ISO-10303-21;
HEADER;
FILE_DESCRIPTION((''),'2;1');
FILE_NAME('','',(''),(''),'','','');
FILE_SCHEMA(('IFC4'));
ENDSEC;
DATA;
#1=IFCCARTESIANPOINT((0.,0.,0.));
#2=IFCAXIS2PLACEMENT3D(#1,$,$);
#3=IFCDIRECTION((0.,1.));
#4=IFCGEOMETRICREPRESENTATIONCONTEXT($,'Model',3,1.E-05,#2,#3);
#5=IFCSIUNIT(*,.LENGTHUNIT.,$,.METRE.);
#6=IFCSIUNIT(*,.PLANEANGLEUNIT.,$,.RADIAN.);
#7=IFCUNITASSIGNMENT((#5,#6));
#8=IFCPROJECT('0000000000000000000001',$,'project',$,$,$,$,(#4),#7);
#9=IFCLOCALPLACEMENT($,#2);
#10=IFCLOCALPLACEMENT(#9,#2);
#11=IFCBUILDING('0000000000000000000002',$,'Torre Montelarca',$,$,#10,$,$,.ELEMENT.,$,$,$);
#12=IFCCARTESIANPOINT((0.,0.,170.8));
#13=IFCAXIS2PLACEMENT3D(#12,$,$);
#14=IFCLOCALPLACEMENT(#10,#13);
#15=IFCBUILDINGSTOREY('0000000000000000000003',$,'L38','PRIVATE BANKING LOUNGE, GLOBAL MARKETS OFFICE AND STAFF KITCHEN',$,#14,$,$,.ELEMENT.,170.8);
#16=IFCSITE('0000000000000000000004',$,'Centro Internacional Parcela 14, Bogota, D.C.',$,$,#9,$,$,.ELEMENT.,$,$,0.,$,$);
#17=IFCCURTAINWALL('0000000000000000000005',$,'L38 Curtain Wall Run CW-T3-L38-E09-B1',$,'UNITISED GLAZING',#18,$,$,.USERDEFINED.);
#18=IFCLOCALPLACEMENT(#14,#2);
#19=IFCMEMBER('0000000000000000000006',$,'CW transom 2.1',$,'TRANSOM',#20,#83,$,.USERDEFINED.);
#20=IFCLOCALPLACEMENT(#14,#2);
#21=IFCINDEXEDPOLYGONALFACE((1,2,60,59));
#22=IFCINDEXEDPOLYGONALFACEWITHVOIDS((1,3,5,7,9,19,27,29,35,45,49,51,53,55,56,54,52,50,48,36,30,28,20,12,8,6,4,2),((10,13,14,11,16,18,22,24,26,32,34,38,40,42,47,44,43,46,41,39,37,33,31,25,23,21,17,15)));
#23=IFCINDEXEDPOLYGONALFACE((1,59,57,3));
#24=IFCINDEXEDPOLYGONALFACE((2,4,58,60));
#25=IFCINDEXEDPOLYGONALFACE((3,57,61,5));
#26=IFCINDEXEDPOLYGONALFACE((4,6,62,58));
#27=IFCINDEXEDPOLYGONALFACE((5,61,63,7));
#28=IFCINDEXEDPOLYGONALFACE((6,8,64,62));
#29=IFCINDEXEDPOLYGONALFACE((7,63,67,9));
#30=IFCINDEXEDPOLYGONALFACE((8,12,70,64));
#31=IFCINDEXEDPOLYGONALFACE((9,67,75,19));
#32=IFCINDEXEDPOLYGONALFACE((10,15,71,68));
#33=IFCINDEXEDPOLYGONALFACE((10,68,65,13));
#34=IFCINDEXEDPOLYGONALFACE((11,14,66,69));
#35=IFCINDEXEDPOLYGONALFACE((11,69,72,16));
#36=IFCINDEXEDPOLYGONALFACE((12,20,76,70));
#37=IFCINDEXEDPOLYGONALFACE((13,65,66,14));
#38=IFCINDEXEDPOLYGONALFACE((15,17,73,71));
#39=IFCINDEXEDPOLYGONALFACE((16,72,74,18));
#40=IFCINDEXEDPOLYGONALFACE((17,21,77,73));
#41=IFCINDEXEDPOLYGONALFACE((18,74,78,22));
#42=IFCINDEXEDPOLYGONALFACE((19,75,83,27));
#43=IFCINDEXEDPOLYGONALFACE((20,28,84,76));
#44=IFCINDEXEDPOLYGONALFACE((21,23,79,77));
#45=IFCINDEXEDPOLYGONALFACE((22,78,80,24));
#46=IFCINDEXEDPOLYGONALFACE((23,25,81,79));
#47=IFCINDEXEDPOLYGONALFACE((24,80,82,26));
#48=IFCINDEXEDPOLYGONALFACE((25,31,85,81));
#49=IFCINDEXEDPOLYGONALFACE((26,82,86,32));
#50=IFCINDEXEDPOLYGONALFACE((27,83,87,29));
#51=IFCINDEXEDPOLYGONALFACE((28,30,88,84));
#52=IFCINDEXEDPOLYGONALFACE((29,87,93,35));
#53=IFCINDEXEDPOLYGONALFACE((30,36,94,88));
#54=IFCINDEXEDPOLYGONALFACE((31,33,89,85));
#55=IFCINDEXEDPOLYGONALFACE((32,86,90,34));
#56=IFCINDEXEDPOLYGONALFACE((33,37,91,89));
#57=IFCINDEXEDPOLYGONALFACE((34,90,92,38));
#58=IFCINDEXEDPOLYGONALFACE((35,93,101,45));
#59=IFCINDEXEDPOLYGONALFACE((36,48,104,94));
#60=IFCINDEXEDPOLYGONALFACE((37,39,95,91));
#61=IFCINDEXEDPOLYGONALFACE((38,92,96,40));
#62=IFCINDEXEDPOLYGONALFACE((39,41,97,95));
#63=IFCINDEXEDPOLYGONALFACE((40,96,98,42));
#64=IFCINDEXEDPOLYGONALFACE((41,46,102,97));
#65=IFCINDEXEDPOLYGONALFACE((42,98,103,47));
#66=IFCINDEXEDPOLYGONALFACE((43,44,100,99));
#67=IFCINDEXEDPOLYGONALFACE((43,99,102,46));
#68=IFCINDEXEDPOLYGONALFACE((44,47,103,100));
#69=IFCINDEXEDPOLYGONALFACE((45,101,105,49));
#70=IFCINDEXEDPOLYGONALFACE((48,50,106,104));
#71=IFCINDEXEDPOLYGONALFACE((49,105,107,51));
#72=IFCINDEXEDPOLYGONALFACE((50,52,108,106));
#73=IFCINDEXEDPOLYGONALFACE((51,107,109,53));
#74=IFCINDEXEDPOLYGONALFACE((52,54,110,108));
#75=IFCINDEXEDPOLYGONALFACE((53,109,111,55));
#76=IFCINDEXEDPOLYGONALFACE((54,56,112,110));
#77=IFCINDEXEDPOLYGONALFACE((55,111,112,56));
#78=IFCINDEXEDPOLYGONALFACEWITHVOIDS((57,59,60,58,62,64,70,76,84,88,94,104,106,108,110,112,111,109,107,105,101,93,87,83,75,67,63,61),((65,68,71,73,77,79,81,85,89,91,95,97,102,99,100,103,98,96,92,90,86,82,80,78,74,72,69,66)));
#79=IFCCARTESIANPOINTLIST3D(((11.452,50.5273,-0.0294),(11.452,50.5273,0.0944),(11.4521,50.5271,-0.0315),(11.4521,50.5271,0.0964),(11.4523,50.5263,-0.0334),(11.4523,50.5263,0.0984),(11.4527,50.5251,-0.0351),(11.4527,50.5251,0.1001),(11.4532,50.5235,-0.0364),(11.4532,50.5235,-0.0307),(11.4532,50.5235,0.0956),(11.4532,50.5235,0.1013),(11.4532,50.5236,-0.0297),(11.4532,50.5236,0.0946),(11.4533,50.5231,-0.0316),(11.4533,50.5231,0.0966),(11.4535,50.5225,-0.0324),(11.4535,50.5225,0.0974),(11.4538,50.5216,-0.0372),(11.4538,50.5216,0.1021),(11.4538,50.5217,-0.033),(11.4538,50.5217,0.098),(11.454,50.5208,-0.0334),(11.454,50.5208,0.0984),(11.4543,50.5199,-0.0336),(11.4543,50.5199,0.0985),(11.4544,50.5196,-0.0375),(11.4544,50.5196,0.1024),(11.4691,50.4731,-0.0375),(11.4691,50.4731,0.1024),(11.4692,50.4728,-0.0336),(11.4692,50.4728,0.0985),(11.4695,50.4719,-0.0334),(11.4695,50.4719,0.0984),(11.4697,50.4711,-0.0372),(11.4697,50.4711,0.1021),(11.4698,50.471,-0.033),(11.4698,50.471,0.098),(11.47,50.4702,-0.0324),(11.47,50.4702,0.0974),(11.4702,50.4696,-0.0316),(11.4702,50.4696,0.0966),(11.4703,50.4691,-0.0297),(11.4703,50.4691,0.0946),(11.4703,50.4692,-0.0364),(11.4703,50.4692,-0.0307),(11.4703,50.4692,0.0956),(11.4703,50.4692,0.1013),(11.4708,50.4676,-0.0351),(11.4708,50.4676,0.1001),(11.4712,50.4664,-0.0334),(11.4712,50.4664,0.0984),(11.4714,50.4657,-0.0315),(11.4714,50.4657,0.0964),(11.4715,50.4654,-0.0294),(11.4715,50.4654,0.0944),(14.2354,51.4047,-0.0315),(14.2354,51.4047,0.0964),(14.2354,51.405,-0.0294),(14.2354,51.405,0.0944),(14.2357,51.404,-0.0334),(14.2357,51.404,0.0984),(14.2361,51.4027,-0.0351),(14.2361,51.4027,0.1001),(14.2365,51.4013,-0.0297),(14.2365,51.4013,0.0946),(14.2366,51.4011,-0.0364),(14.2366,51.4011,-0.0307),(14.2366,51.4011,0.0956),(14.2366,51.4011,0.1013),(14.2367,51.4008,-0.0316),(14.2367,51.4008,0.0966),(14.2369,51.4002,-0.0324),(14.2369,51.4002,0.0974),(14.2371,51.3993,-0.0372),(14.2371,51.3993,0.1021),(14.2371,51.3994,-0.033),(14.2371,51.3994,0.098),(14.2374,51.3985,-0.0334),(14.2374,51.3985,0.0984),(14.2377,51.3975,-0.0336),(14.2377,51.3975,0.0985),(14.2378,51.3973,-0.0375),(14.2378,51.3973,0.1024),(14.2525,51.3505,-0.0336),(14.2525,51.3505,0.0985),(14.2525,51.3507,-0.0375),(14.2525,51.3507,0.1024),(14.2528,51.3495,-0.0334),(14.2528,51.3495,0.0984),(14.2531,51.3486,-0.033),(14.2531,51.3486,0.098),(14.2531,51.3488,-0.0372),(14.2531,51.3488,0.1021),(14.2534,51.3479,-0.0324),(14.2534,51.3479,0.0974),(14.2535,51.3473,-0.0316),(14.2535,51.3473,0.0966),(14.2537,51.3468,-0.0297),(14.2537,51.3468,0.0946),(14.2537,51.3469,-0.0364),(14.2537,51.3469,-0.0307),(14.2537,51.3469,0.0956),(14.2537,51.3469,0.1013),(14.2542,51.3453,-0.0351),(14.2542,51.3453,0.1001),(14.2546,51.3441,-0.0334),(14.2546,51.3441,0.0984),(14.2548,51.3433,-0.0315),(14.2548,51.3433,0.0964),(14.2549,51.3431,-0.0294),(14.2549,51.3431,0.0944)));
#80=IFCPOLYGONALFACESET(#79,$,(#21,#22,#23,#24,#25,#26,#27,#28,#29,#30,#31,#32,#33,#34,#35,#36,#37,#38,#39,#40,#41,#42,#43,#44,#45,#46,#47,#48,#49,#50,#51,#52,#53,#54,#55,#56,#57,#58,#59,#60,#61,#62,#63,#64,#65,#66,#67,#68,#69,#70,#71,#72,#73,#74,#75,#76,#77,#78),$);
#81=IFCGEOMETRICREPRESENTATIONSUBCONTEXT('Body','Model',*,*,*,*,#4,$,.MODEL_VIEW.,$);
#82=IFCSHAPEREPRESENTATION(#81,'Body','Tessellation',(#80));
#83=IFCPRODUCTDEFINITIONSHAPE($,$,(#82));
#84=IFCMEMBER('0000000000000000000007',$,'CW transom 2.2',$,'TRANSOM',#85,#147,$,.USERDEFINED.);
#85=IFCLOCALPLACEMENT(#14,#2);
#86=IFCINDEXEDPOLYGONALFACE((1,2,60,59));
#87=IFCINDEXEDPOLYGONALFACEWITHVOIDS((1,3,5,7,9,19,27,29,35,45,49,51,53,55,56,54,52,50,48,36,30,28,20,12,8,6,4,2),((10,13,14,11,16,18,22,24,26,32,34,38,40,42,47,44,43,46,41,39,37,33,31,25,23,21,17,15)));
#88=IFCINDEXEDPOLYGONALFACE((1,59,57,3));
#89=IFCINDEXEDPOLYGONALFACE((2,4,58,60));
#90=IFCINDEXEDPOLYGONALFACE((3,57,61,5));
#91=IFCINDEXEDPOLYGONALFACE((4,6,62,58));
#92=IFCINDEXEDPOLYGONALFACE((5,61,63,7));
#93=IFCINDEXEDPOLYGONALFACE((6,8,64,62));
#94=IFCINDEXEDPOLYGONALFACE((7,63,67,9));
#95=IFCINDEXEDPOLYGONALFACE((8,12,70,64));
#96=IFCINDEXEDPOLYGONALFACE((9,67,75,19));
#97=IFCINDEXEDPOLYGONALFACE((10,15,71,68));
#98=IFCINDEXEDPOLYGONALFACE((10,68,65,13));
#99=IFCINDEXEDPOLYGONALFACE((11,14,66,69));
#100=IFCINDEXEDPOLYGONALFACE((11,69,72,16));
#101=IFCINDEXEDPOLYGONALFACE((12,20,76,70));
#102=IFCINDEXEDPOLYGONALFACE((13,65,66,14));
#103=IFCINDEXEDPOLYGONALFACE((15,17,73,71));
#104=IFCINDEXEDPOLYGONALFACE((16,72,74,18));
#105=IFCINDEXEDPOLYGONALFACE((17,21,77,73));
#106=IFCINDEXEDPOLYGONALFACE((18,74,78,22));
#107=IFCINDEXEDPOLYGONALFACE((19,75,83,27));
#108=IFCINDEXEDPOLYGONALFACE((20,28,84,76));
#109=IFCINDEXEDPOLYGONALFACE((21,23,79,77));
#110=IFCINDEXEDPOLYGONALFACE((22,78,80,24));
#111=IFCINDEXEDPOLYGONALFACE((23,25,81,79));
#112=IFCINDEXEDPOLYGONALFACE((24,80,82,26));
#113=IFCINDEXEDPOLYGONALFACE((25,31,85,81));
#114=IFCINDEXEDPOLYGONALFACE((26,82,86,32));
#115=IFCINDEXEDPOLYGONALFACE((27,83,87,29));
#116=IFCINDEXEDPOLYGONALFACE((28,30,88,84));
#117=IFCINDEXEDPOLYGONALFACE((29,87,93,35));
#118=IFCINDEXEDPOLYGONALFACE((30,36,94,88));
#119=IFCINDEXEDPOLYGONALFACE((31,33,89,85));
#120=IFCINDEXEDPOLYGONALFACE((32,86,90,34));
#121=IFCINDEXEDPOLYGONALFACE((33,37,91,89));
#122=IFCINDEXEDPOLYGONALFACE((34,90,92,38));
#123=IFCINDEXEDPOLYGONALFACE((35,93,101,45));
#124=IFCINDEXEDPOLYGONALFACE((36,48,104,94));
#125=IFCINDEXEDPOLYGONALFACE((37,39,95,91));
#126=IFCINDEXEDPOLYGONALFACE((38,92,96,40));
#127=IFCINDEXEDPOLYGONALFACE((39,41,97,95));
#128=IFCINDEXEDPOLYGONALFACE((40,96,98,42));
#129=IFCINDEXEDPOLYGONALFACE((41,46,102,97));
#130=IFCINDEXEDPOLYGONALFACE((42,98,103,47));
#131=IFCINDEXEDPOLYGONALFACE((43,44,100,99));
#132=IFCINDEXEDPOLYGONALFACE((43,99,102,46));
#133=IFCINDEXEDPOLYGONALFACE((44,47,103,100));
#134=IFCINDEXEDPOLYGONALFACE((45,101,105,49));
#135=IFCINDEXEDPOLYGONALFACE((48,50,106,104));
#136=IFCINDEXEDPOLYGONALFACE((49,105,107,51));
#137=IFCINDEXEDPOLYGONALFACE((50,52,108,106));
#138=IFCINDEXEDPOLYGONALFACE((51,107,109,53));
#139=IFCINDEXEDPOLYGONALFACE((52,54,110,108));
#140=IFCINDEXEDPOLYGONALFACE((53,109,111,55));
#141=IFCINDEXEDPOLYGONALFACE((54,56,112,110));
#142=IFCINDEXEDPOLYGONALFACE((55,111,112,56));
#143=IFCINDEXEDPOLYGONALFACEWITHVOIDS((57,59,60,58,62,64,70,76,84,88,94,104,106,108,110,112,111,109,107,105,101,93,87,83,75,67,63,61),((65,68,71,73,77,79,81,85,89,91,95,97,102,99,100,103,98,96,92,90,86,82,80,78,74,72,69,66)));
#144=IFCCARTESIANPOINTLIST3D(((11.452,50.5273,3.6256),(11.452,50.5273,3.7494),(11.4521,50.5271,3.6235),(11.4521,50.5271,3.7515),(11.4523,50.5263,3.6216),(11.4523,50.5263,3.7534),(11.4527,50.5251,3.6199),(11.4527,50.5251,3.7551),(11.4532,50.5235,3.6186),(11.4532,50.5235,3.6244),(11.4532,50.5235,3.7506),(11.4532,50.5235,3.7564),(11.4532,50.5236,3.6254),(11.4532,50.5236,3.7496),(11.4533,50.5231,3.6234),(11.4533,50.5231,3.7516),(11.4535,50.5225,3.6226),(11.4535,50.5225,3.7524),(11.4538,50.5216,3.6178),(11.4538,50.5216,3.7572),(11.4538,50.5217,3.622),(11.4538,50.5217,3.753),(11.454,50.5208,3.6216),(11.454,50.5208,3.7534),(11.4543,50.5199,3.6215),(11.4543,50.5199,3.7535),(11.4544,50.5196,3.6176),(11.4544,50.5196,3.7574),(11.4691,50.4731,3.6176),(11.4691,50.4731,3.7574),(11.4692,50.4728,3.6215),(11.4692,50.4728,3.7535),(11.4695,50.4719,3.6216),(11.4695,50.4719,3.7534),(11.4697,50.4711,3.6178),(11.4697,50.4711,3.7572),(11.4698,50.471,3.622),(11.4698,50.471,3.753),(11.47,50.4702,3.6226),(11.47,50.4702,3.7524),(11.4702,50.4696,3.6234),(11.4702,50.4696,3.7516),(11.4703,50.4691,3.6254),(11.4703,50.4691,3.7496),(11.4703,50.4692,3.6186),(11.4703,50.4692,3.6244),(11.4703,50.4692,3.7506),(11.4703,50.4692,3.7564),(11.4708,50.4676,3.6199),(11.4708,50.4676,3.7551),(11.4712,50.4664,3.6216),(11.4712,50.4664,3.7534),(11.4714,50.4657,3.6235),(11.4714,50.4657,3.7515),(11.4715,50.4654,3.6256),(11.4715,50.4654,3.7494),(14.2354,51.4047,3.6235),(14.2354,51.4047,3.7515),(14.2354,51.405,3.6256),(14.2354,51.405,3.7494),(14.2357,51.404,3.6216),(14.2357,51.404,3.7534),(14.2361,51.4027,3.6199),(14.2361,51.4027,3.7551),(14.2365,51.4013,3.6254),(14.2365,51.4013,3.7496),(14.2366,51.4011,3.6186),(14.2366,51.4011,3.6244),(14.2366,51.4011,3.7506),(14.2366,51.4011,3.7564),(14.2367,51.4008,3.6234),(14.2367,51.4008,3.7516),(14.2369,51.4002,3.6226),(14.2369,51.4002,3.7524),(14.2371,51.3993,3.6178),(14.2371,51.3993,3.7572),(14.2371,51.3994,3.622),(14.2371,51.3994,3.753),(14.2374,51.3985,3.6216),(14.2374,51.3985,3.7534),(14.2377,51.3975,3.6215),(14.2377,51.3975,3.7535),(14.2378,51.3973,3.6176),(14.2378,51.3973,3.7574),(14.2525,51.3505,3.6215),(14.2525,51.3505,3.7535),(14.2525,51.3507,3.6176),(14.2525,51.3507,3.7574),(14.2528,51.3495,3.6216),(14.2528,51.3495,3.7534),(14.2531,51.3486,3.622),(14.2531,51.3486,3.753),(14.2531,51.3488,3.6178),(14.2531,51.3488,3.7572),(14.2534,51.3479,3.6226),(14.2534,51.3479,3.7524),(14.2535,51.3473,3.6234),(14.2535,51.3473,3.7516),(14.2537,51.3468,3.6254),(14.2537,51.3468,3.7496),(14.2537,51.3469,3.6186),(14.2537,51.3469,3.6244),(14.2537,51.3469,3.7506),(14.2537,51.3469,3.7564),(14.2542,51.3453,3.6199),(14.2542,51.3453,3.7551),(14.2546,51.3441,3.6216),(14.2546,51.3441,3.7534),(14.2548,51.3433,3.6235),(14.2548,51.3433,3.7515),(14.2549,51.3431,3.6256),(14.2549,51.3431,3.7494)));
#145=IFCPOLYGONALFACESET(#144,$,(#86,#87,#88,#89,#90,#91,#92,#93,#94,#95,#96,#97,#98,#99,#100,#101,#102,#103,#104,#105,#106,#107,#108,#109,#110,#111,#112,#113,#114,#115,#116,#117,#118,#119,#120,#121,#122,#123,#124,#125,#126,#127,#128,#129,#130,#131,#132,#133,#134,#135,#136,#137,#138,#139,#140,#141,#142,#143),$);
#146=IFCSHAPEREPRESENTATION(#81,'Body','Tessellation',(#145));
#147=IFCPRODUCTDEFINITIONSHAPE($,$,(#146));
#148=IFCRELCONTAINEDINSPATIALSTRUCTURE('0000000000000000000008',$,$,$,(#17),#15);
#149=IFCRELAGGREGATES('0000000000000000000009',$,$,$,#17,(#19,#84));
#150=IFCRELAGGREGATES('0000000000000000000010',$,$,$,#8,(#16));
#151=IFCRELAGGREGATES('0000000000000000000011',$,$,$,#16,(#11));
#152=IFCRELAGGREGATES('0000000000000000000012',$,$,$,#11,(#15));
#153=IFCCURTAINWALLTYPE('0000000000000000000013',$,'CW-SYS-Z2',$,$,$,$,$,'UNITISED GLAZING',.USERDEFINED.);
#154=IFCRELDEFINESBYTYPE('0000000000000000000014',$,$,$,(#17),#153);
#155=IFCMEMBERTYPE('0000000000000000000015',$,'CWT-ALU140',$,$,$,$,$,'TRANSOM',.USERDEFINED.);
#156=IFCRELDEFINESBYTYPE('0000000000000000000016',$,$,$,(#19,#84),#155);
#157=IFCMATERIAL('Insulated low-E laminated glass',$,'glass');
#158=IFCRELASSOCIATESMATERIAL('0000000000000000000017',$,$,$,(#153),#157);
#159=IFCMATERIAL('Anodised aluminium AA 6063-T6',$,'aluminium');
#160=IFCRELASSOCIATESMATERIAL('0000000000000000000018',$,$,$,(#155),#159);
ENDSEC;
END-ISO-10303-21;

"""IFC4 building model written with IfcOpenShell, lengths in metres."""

from ifc_helpers import new_model, si_unit, direction, frame, origin, origin_2d, place, context, subcontext, project, spatial, hollow_rectangle, extrude, source, transform, mapped, material, material_profile, profile_set, type_object, element, aggregate, save


model = new_model("IFC4")

# Units and contexts
model_context = context("Model", 3, precision=1e-05, world=origin(), true_north=direction((0.0, 1.0)))
body_context = subcontext(model_context, "Body", "Model", "MODEL_VIEW")
ifc_project = project(units=[si_unit("LENGTHUNIT", "METRE"), si_unit("PLANEANGLEUNIT", "RADIAN")], contexts=[model_context])

# Site, building, storey
site_placement = place(None, origin())
site = spatial("IfcSite", under=ifc_project, at=site_placement, Name="Centro Internacional Parcela 14, Bogota, D.C.", CompositionType="ELEMENT", RefElevation=0.0)
building_placement = place(site_placement, origin())
building = spatial("IfcBuilding", under=site, at=building_placement, Name="Torre Montelarca", CompositionType="ELEMENT")
storey_placement = place(building_placement, frame((0.0, 0.0, 170.8)))
storey = spatial("IfcBuildingStorey", under=building, at=storey_placement, Name="L38", Description="PRIVATE BANKING LOUNGE, GLOBAL MARKETS OFFICE AND STAFF KITCHEN", CompositionType="ELEMENT", Elevation=170.8)

# Curtain wall, members
ifc_material_1 = material(Name="Insulated low-E laminated glass", Category="glass")
curtain_wall_type = type_object("IfcCurtainWallType", Name="CW-SYS-Z2", ElementType="UNITISED GLAZING", PredefinedType="USERDEFINED", material=ifc_material_1)
curtain_wall_1_placement = place(storey_placement, origin())
curtain_wall_1 = element("IfcCurtainWall", 1, at=curtain_wall_1_placement, inside=storey, type_object=curtain_wall_type, Name="L38 Curtain Wall Run CW-T3-L38-E09-B1", ObjectType="UNITISED GLAZING", PredefinedType="USERDEFINED")
ifc_material_2 = material(Name="Anodised aluminium AA 6063-T6", Category="aluminium")
ifc_material_profile_1 = material_profile(ifc_material_2, hollow_rectangle(XDim=0.0649, YDim=0.1399, WallThickness=0.0039, InnerFilletRadius=0.0039, OuterFilletRadius=0.0081, at=origin_2d()), Name="ALU65X140X4", Category="aluminium")
ifc_profile_set_1 = profile_set([ifc_material_profile_1], Name="Anodised aluminium AA 6063-T6")
member_type_1 = type_object("IfcMemberType", Name="CWT-ALU140", ElementType="TRANSOM", PredefinedType="USERDEFINED", material=ifc_profile_set_1)
shared_shape_1 = source(origin(), body_context, "Body", "SweptSolid", [
    extrude(hollow_rectangle(XDim=0.0649, YDim=0.1399, WallThickness=0.0039, InnerFilletRadius=0.0039, OuterFilletRadius=0.0081, at=origin_2d()), origin(), (0.0, 0.0, 1.0), 2.9185),
])
member_1_placement = place(storey_placement, frame((14.2451, 51.374, 0.0325), z_axis=(-0.95371, -0.300727, 0.0), x_axis=(0.300727, -0.95371, 0.0)))
member_1 = element("IfcMember", 2, at=member_1_placement, type_object=member_type_1, Name="CW transom 2.1", ObjectType="TRANSOM", PredefinedType="USERDEFINED", context=body_context, shape_type="MappedRepresentation", body=[
    mapped(shared_shape_1, transform((0.0, 0.0, 0.0), scale=1.0)),
])
member_2_placement = place(storey_placement, frame((14.2451, 51.374, 3.6875), z_axis=(-0.95371, -0.300727, 0.0), x_axis=(0.300727, -0.95371, 0.0)))
member_2 = element("IfcMember", 3, at=member_2_placement, type_object=member_type_1, Name="CW transom 2.2", ObjectType="TRANSOM", PredefinedType="USERDEFINED", context=body_context, shape_type="MappedRepresentation", body=[
    mapped(shared_shape_1, transform((0.0, 0.0, 0.0), scale=1.0)),
])

aggregate(curtain_wall_1, [member_1, member_2])

save(model, "model.ifc")
